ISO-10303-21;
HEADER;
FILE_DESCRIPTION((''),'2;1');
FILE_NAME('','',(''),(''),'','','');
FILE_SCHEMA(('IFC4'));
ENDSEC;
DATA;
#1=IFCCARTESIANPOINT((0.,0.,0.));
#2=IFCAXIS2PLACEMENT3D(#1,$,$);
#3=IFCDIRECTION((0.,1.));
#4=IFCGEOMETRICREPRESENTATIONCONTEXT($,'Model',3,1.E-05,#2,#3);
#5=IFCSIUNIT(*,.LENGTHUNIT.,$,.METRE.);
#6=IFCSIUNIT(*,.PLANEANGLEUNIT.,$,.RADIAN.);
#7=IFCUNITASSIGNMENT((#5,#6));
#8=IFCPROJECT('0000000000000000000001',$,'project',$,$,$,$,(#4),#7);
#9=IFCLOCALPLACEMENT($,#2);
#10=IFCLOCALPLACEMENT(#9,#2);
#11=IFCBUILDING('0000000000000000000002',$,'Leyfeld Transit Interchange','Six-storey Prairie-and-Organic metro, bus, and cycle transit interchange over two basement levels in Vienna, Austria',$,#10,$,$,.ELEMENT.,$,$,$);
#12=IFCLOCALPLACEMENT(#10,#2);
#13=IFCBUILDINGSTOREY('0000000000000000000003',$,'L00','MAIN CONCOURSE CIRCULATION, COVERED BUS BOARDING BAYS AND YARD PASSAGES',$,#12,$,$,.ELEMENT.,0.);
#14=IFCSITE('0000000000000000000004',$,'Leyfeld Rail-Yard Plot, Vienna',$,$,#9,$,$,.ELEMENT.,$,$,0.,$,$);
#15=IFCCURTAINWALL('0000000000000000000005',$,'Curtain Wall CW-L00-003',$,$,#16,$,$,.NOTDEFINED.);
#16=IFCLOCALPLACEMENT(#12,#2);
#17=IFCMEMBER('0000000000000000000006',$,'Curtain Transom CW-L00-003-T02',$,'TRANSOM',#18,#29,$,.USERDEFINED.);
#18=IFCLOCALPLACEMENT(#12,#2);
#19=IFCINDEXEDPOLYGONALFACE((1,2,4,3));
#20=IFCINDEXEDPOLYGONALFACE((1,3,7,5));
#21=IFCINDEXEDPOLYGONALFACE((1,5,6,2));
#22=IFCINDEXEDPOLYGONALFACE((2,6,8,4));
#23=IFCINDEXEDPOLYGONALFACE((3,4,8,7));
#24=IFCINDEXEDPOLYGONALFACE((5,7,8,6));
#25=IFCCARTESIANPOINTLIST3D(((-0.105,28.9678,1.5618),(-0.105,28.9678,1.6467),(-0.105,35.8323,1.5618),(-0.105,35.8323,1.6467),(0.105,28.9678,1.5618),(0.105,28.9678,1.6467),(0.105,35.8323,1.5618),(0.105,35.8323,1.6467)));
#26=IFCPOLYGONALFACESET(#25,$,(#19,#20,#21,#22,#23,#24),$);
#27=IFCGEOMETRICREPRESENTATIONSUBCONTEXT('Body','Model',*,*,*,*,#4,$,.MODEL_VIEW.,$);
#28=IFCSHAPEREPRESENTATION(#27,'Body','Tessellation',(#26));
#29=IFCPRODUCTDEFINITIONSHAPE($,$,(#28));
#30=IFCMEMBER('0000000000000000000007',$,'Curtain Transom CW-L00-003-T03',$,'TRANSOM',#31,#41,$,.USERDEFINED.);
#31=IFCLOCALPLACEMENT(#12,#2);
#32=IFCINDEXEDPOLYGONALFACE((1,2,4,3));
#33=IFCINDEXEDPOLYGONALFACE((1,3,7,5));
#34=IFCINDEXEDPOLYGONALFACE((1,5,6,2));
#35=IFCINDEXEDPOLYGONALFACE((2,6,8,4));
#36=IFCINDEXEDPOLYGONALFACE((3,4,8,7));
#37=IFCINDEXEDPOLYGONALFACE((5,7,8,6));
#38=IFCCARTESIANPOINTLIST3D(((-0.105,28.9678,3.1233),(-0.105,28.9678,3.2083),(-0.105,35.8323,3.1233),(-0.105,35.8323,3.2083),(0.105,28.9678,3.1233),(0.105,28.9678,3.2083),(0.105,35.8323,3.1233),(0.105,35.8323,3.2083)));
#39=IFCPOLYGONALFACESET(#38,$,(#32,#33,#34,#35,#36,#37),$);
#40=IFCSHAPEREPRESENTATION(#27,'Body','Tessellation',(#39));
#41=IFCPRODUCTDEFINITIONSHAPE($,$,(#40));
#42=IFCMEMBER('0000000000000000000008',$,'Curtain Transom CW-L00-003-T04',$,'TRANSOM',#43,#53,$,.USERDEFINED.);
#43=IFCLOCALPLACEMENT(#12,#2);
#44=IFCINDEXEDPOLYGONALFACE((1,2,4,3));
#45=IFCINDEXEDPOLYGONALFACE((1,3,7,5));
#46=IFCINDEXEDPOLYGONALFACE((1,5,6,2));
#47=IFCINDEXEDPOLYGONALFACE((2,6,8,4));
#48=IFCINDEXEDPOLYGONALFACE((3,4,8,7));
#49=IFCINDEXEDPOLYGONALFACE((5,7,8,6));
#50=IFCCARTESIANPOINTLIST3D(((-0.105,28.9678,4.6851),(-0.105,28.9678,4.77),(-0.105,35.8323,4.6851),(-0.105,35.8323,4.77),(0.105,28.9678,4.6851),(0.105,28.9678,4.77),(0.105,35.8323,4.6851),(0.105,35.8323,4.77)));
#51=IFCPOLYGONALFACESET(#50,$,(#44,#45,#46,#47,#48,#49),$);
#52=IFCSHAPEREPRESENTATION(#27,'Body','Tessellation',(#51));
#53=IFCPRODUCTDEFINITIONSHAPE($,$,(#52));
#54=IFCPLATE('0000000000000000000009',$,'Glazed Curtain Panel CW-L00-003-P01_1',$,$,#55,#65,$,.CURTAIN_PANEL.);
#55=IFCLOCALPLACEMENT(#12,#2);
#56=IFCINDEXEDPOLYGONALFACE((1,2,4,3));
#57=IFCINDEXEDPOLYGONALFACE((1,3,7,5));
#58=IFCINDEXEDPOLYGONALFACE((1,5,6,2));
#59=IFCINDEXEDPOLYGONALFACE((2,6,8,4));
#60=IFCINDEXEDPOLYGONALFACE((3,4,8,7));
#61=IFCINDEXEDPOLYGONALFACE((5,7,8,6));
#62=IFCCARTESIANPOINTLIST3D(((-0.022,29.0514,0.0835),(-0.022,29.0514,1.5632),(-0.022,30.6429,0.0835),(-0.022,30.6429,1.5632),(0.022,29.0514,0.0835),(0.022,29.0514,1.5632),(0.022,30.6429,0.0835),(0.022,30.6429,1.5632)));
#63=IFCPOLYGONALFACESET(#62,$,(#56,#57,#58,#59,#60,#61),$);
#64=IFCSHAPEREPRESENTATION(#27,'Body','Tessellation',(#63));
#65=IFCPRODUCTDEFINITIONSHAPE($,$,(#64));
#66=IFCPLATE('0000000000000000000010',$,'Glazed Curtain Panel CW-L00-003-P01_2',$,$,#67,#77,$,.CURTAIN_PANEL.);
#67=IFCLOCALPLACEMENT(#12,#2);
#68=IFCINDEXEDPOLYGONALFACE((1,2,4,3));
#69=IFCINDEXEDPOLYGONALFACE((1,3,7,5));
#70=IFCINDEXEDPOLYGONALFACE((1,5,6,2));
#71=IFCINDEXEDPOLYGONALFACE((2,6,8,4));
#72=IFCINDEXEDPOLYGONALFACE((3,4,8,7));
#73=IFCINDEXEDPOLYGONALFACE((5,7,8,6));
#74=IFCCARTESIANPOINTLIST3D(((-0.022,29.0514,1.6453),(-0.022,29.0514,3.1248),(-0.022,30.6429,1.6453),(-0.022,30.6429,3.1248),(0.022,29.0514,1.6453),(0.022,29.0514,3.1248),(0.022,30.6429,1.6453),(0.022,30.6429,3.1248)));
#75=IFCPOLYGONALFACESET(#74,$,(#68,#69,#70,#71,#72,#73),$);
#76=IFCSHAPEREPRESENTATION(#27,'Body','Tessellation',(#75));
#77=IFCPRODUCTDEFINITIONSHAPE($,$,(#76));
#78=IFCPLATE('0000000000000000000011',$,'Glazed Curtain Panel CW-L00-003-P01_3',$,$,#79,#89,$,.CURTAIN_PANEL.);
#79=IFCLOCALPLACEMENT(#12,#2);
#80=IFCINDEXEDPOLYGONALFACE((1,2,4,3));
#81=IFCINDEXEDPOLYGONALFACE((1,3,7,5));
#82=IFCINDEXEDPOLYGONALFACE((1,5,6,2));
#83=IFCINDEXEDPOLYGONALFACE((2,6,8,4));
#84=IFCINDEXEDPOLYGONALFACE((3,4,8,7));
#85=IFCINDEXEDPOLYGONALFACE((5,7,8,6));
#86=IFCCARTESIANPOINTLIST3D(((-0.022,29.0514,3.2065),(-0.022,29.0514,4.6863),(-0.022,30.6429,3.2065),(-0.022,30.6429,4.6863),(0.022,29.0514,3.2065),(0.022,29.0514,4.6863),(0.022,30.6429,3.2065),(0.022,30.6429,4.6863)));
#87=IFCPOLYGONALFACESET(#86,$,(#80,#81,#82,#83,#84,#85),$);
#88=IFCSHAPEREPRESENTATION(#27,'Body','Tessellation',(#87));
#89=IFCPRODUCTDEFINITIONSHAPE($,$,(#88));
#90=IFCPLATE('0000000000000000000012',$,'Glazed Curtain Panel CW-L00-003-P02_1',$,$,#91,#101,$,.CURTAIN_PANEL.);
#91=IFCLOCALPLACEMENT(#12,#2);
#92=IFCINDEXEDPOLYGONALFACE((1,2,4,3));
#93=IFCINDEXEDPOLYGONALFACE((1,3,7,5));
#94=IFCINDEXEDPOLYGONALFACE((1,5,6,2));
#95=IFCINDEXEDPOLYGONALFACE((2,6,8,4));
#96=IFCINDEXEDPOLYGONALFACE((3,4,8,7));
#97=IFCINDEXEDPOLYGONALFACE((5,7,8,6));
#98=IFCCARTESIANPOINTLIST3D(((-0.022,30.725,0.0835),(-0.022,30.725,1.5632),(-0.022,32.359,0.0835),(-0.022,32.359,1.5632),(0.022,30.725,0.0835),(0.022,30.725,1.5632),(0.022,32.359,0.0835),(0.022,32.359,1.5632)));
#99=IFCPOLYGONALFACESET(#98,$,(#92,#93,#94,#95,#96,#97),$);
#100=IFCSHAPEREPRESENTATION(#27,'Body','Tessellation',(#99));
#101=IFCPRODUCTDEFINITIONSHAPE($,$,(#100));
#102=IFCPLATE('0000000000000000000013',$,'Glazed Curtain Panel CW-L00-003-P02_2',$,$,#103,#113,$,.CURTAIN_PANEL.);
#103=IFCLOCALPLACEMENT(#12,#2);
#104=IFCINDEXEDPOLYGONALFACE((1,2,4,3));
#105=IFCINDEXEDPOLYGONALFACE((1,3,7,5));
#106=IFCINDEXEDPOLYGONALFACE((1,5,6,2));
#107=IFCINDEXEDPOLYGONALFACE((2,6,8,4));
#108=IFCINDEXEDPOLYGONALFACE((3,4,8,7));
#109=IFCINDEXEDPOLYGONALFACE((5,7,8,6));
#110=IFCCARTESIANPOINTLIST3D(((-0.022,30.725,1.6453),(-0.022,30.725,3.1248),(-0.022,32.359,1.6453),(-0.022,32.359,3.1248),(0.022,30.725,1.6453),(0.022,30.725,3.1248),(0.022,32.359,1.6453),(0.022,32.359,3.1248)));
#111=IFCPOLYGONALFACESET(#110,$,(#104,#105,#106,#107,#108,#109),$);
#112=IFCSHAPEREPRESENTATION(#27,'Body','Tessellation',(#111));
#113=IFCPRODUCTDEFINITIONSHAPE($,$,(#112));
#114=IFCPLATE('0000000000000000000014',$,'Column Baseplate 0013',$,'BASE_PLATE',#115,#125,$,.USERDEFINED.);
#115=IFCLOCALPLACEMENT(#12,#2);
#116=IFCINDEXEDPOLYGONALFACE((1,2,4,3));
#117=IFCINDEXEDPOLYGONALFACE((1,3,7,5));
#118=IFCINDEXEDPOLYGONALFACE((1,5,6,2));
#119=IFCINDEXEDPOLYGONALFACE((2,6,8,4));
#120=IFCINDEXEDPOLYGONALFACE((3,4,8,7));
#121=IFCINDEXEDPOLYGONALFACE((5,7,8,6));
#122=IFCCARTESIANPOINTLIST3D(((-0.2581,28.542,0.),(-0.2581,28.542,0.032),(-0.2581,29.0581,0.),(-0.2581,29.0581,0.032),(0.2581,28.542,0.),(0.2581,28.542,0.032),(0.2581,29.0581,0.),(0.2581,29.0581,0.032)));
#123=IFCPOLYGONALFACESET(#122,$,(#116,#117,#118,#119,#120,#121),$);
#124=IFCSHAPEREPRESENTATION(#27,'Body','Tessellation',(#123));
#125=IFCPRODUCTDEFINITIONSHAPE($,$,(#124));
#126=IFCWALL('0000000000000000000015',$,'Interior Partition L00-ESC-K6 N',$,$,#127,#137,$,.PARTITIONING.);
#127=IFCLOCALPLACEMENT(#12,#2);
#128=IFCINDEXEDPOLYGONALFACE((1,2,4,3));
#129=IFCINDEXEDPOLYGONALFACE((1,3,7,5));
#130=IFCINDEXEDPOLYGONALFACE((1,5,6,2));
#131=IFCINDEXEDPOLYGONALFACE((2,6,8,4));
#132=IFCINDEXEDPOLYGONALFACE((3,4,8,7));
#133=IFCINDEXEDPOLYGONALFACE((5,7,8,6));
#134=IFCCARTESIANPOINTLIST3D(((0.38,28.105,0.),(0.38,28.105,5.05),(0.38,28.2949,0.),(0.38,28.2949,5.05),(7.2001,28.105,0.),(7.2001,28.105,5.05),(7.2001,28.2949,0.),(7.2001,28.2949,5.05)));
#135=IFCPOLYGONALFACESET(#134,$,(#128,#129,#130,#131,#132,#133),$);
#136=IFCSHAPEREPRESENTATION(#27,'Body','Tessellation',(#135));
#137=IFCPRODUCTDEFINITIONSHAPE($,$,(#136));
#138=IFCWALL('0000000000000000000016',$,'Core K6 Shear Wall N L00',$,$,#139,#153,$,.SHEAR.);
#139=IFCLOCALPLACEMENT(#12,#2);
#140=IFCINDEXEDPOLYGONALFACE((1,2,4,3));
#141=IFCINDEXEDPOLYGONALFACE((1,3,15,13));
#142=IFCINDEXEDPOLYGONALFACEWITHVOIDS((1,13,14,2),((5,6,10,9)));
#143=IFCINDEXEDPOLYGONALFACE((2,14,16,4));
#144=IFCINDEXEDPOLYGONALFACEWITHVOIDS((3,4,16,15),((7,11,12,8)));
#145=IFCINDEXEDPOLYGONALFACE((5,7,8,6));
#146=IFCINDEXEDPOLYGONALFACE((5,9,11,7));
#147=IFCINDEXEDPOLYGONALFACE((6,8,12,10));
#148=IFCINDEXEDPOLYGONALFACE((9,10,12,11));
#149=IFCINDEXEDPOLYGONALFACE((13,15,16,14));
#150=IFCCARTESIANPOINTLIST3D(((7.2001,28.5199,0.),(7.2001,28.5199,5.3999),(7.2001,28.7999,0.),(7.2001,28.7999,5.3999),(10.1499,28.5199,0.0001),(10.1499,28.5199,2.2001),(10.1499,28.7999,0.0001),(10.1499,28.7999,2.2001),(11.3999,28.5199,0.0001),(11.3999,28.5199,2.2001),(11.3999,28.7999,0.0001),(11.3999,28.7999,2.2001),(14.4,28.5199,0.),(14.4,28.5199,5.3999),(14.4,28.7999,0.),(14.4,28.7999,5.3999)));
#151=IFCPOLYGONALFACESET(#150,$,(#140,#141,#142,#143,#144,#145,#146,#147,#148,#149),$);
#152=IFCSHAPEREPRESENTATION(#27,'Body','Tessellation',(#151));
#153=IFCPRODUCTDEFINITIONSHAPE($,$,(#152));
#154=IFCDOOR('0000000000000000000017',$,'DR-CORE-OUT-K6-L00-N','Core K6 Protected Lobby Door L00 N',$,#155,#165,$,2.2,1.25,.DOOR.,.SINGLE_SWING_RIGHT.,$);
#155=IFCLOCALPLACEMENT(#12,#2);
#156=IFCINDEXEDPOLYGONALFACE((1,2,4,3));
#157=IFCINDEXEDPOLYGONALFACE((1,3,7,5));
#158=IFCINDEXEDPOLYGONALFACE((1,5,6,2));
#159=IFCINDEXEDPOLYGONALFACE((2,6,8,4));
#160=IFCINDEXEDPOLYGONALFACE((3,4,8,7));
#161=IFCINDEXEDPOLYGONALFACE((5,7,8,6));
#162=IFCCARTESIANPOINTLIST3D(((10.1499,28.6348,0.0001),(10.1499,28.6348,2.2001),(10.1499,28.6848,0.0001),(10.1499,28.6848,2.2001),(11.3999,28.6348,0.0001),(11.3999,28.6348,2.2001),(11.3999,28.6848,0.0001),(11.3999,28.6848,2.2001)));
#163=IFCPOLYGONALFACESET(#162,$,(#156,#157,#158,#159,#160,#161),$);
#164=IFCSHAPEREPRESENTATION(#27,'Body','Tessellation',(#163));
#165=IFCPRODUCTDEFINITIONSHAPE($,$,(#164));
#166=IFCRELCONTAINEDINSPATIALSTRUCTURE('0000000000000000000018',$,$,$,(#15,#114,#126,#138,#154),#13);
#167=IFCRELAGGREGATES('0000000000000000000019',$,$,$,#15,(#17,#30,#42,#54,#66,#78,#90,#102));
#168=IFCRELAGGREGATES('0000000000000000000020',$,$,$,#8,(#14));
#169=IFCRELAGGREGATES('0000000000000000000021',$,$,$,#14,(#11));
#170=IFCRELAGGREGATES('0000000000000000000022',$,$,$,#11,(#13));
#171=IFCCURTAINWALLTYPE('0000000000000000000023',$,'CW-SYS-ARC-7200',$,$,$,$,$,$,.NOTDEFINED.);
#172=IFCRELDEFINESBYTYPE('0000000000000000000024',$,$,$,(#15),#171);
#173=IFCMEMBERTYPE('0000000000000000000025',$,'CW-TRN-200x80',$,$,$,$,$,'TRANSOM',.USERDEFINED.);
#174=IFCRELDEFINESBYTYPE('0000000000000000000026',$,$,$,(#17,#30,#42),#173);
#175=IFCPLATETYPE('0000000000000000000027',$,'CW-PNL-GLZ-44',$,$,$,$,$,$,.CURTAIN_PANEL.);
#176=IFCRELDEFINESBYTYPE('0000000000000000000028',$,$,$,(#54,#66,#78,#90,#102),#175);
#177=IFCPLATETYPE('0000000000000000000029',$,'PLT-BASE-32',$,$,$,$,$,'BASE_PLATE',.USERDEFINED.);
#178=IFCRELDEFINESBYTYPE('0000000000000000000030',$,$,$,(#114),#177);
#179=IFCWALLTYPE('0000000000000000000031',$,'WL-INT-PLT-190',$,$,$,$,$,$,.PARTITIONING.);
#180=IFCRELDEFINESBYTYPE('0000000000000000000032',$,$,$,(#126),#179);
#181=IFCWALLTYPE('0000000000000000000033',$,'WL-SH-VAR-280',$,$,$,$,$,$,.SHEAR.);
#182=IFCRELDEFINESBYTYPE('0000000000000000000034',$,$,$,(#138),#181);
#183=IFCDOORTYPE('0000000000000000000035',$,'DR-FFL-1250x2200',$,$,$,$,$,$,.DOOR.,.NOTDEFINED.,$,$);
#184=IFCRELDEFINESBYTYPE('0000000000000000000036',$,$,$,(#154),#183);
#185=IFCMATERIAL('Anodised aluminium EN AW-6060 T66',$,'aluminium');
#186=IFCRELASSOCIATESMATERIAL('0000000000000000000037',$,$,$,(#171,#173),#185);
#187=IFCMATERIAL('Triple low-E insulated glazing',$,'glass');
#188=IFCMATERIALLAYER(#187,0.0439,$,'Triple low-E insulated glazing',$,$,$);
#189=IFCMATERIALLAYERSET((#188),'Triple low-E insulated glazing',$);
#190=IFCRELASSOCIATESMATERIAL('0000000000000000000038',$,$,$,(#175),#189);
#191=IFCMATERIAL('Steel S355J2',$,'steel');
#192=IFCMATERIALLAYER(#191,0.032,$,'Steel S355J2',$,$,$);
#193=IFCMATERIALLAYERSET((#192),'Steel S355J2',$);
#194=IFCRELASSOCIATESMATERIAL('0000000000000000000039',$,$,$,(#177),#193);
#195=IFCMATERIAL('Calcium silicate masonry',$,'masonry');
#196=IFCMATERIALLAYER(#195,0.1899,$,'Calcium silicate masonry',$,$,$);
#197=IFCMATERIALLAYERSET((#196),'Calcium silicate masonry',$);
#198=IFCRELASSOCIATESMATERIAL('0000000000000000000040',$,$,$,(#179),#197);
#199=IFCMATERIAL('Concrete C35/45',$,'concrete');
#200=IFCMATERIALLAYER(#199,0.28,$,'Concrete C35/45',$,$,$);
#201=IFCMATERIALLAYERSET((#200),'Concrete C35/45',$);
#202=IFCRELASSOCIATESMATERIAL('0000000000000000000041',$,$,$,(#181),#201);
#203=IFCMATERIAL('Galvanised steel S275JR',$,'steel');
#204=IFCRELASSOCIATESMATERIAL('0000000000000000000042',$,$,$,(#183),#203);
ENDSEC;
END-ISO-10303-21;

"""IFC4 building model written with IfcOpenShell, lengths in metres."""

from ifc_helpers import new_model, si_unit, direction, frame, frame_2d, origin, origin_2d, place, context, subcontext, project, spatial, rectangle, extrude, material, layer, layer_set, material_profile, profile_set, type_object, element, fill, aggregate, save


model = new_model("IFC4")

# Units and contexts
model_context = context("Model", 3, precision=1e-05, world=origin(), true_north=direction((0.0, 1.0)))
body_context = subcontext(model_context, "Body", "Model", "MODEL_VIEW")
ifc_project = project(units=[si_unit("LENGTHUNIT", "METRE"), si_unit("PLANEANGLEUNIT", "RADIAN")], contexts=[model_context])

# Site, building, storey
site_placement = place(None, origin())
site = spatial("IfcSite", under=ifc_project, at=site_placement, Name="Leyfeld Rail-Yard Plot, Vienna", CompositionType="ELEMENT", RefElevation=0.0)
building_placement = place(site_placement, origin())
building = spatial("IfcBuilding", under=site, at=building_placement, Name="Leyfeld Transit Interchange", Description="Six-storey Prairie-and-Organic metro, bus, and cycle transit interchange over two basement levels in Vienna, Austria", CompositionType="ELEMENT")
storey_placement = place(building_placement, origin())
storey = spatial("IfcBuildingStorey", under=building, at=storey_placement, Name="L00", Description="MAIN CONCOURSE CIRCULATION, COVERED BUS BOARDING BAYS AND YARD PASSAGES", CompositionType="ELEMENT", Elevation=0.0)

# Shared definitions
ifc_material_1 = material(Name="Concrete C35/45", Category="concrete")

# Shared definitions
ifc_material_2 = material(Name="Steel S355J2", Category="steel")

# Curtain wall, members, plates
ifc_material_3 = material(Name="Anodised aluminium EN AW-6060 T66", Category="aluminium")
curtain_wall_type = type_object("IfcCurtainWallType", Name="CW-SYS-ARC-7200", PredefinedType="NOTDEFINED", material=ifc_material_3)
curtain_wall_placement = place(storey_placement, origin())
curtain_wall = element("IfcCurtainWall", 1, at=curtain_wall_placement, inside=storey, type_object=curtain_wall_type, Name="Curtain Wall CW-L00-003", PredefinedType="NOTDEFINED")
ifc_material_profile_1 = material_profile(ifc_material_3, rectangle(XDim=0.21, YDim=0.085, at=origin_2d()), Name="CW-TRN-200x80")
ifc_profile_set_1 = profile_set([ifc_material_profile_1], Name="Anodised aluminium EN AW-6060 T66")
member_type_1 = type_object("IfcMemberType", Name="CW-TRN-200x80", ElementType="TRANSOM", PredefinedType="USERDEFINED", material=ifc_profile_set_1)
member_1_placement = place(storey_placement, frame((0.0, 28.9678, 1.6042), z_axis=(0.0, 1.0, 0.0), x_axis=(-1.0, 0.0, 0.0)))
member_1 = element("IfcMember", 2, at=member_1_placement, type_object=member_type_1, Name="Curtain Transom CW-L00-003-T02", ObjectType="TRANSOM", PredefinedType="USERDEFINED", context=body_context, shape_type="SweptSolid", body=[
    extrude(rectangle(XDim=0.21, YDim=0.085, at=origin_2d()), origin(), (0.0, 0.0, 1.0), 6.8645),
])
member_2_placement = place(storey_placement, frame((0.0, 28.9678, 3.1658), z_axis=(0.0, 1.0, 0.0), x_axis=(-1.0, 0.0, 0.0)))
member_2 = element("IfcMember", 3, at=member_2_placement, type_object=member_type_1, Name="Curtain Transom CW-L00-003-T03", ObjectType="TRANSOM", PredefinedType="USERDEFINED", context=body_context, shape_type="SweptSolid", body=[
    extrude(rectangle(XDim=0.21, YDim=0.085, at=origin_2d()), origin(), (0.0, 0.0, 1.0), 6.8645),
])
member_3_placement = place(storey_placement, frame((0.0, 28.9678, 4.7275), z_axis=(0.0, 1.0, 0.0), x_axis=(-1.0, 0.0, 0.0)))
member_3 = element("IfcMember", 4, at=member_3_placement, type_object=member_type_1, Name="Curtain Transom CW-L00-003-T04", ObjectType="TRANSOM", PredefinedType="USERDEFINED", context=body_context, shape_type="SweptSolid", body=[
    extrude(rectangle(XDim=0.21, YDim=0.085, at=origin_2d()), origin(), (0.0, 0.0, 1.0), 6.8645),
])
ifc_material_4 = material(Name="Triple low-E insulated glazing", Category="glass")
ifc_layer_1 = layer(ifc_material_4, 0.0439, Name="Triple low-E insulated glazing")
ifc_layer_set_1 = layer_set([ifc_layer_1], Name="Triple low-E insulated glazing")
plate_type_1 = type_object("IfcPlateType", Name="CW-PNL-GLZ-44", PredefinedType="CURTAIN_PANEL", material=ifc_layer_set_1)
plate_1_placement = place(storey_placement, frame((0.0, 29.8472, 0.0835), z_axis=(0.0, 0.0, 1.0), x_axis=(0.0, 1.0, 0.0)))
plate_1 = element("IfcPlate", 5, at=plate_1_placement, type_object=plate_type_1, Name="Glazed Curtain Panel CW-L00-003-P01_1", PredefinedType="CURTAIN_PANEL", context=body_context, shape_type="SweptSolid", body=[
    extrude(rectangle(XDim=1.5916, YDim=0.0439, at=origin_2d()), origin(), (0.0, 0.0, 1.0), 1.4797),
])
plate_2_placement = place(storey_placement, frame((0.0, 29.8472, 1.6453), z_axis=(0.0, 0.0, 1.0), x_axis=(0.0, 1.0, 0.0)))
plate_2 = element("IfcPlate", 6, at=plate_2_placement, type_object=plate_type_1, Name="Glazed Curtain Panel CW-L00-003-P01_2", PredefinedType="CURTAIN_PANEL", context=body_context, shape_type="SweptSolid", body=[
    extrude(rectangle(XDim=1.5916, YDim=0.0439, at=origin_2d()), origin(), (0.0, 0.0, 1.0), 1.4795),
])
plate_3_placement = place(storey_placement, frame((0.0, 29.8472, 3.2065), z_axis=(0.0, 0.0, 1.0), x_axis=(0.0, 1.0, 0.0)))
plate_3 = element("IfcPlate", 7, at=plate_3_placement, type_object=plate_type_1, Name="Glazed Curtain Panel CW-L00-003-P01_3", PredefinedType="CURTAIN_PANEL", context=body_context, shape_type="SweptSolid", body=[
    extrude(rectangle(XDim=1.5916, YDim=0.0439, at=origin_2d()), origin(), (0.0, 0.0, 1.0), 1.4797),
])
plate_4_placement = place(storey_placement, frame((0.0, 31.542, 0.0835), z_axis=(0.0, 0.0, 1.0), x_axis=(0.0, 1.0, 0.0)))
plate_4 = element("IfcPlate", 8, at=plate_4_placement, type_object=plate_type_1, Name="Glazed Curtain Panel CW-L00-003-P02_1", PredefinedType="CURTAIN_PANEL", context=body_context, shape_type="SweptSolid", body=[
    extrude(rectangle(XDim=1.634, YDim=0.0439, at=origin_2d()), origin(), (0.0, 0.0, 1.0), 1.4797),
])
plate_5_placement = place(storey_placement, frame((0.0, 31.542, 1.6453), z_axis=(0.0, 0.0, 1.0), x_axis=(0.0, 1.0, 0.0)))
plate_5 = element("IfcPlate", 9, at=plate_5_placement, type_object=plate_type_1, Name="Glazed Curtain Panel CW-L00-003-P02_2", PredefinedType="CURTAIN_PANEL", context=body_context, shape_type="SweptSolid", body=[
    extrude(rectangle(XDim=1.634, YDim=0.0439, at=origin_2d()), origin(), (0.0, 0.0, 1.0), 1.4795),
])
aggregate(curtain_wall, [member_1, member_2, member_3, plate_1, plate_2, plate_3, plate_4, plate_5])

# Plate
ifc_layer_2 = layer(ifc_material_2, 0.032, Name="Steel S355J2")
ifc_layer_set_2 = layer_set([ifc_layer_2], Name="Steel S355J2")
plate_type_2 = type_object("IfcPlateType", Name="PLT-BASE-32", ElementType="BASE_PLATE", PredefinedType="USERDEFINED", material=ifc_layer_set_2)
plate_6_placement = place(storey_placement, frame((0.0, 28.8, 0.0), z_axis=(0.0, 0.0, 1.0), x_axis=(1.0, 0.0, 0.0)))
element("IfcPlate", 10, at=plate_6_placement, inside=storey, type_object=plate_type_2, Name="Column Baseplate 0013", ObjectType="BASE_PLATE", PredefinedType="USERDEFINED", context=body_context, shape_type="SweptSolid", body=[
    extrude(rectangle(XDim=0.5161, YDim=0.5161, at=origin_2d()), origin(), (0.0, 0.0, 1.0), 0.032),
])

# Wall
ifc_material_5 = material(Name="Calcium silicate masonry", Category="masonry")
ifc_layer_3 = layer(ifc_material_5, 0.1899, Name="Calcium silicate masonry")
ifc_layer_set_3 = layer_set([ifc_layer_3], Name="Calcium silicate masonry")
wall_type_1 = type_object("IfcWallType", Name="WL-INT-PLT-190", PredefinedType="PARTITIONING", material=ifc_layer_set_3)
for number, where, z_axis, x_axis, name in (
    (11, (0.3799, 28.2, 0.0), (0.0, 0.0, 1.0), (1.0, 0.0, 0.0), "Interior Partition L00-ESC-K6 N"),
):
    element("IfcWall", number, at=place(storey_placement, frame(where, z_axis=z_axis, x_axis=x_axis)), inside=storey, type_object=wall_type_1, Name=name, PredefinedType="PARTITIONING", context=body_context, shape_type="SweptSolid", body=[
        extrude(rectangle(XDim=6.8201, YDim=0.1899, at=frame_2d((3.4102, 0.0))), origin(), (0.0, 0.0, 1.0), 5.05),
    ])

# Wall, opening, door
ifc_layer_4 = layer(ifc_material_1, 0.28, Name="Concrete C35/45")
ifc_layer_set_4 = layer_set([ifc_layer_4], Name="Concrete C35/45")
wall_type_2 = type_object("IfcWallType", Name="WL-SH-VAR-280", PredefinedType="SHEAR", material=ifc_layer_set_4)
wall_placement = place(storey_placement, frame((7.2, 28.6599, 0.0), z_axis=(0.0, 0.0, 1.0), x_axis=(1.0, 0.0, 0.0)))
wall = element("IfcWall", 12, at=wall_placement, inside=storey, type_object=wall_type_2, Name="Core K6 Shear Wall N L00", PredefinedType="SHEAR", context=body_context, shape_type="SweptSolid", body=[
    extrude(rectangle(XDim=7.2, YDim=0.28, at=frame_2d((3.6001, 0.0))), origin(), (0.0, 0.0, 1.0), 5.3999),
])
opening_placement = place(wall_placement, frame((2.95, 0.0, 0.0)))
opening = element("IfcOpeningElement", 13, at=opening_placement, cuts=wall, PredefinedType="OPENING", context=body_context, shape_type="SweptSolid", body=[
    extrude(rectangle(XDim=1.25, YDim=2.2, at=frame_2d((0.625, 1.1001))), frame((0.0, 0.1499, 0.0), z_axis=(0.0, -1.0, 0.0), x_axis=(1.0, 0.0, 0.0)), (0.0, 0.0, 1.0), 0.3),
])
ifc_material_6 = material(Name="Galvanised steel S275JR", Category="steel")
door_type = type_object("IfcDoorType", Name="DR-FFL-1250x2200", OperationType="NOTDEFINED", PredefinedType="DOOR", material=ifc_material_6)
door_placement = place(opening_placement, origin())
door = element("IfcDoor", 14, at=door_placement, inside=storey, type_object=door_type, Name="DR-CORE-OUT-K6-L00-N", Description="Core K6 Protected Lobby Door L00 N", OperationType="SINGLE_SWING_RIGHT", OverallHeight=2.2, OverallWidth=1.25, PredefinedType="DOOR", context=body_context, shape_type="SweptSolid", body=[
    extrude(rectangle(XDim=1.25, YDim=2.2, at=frame_2d((0.625, 1.1001))), frame((0.0, 0.0249, 0.0), z_axis=(0.0, -1.0, 0.0), x_axis=(1.0, 0.0, 0.0)), (0.0, 0.0, 1.0), 0.05),
])
fill(opening, door)

save(model, "model.ifc")
